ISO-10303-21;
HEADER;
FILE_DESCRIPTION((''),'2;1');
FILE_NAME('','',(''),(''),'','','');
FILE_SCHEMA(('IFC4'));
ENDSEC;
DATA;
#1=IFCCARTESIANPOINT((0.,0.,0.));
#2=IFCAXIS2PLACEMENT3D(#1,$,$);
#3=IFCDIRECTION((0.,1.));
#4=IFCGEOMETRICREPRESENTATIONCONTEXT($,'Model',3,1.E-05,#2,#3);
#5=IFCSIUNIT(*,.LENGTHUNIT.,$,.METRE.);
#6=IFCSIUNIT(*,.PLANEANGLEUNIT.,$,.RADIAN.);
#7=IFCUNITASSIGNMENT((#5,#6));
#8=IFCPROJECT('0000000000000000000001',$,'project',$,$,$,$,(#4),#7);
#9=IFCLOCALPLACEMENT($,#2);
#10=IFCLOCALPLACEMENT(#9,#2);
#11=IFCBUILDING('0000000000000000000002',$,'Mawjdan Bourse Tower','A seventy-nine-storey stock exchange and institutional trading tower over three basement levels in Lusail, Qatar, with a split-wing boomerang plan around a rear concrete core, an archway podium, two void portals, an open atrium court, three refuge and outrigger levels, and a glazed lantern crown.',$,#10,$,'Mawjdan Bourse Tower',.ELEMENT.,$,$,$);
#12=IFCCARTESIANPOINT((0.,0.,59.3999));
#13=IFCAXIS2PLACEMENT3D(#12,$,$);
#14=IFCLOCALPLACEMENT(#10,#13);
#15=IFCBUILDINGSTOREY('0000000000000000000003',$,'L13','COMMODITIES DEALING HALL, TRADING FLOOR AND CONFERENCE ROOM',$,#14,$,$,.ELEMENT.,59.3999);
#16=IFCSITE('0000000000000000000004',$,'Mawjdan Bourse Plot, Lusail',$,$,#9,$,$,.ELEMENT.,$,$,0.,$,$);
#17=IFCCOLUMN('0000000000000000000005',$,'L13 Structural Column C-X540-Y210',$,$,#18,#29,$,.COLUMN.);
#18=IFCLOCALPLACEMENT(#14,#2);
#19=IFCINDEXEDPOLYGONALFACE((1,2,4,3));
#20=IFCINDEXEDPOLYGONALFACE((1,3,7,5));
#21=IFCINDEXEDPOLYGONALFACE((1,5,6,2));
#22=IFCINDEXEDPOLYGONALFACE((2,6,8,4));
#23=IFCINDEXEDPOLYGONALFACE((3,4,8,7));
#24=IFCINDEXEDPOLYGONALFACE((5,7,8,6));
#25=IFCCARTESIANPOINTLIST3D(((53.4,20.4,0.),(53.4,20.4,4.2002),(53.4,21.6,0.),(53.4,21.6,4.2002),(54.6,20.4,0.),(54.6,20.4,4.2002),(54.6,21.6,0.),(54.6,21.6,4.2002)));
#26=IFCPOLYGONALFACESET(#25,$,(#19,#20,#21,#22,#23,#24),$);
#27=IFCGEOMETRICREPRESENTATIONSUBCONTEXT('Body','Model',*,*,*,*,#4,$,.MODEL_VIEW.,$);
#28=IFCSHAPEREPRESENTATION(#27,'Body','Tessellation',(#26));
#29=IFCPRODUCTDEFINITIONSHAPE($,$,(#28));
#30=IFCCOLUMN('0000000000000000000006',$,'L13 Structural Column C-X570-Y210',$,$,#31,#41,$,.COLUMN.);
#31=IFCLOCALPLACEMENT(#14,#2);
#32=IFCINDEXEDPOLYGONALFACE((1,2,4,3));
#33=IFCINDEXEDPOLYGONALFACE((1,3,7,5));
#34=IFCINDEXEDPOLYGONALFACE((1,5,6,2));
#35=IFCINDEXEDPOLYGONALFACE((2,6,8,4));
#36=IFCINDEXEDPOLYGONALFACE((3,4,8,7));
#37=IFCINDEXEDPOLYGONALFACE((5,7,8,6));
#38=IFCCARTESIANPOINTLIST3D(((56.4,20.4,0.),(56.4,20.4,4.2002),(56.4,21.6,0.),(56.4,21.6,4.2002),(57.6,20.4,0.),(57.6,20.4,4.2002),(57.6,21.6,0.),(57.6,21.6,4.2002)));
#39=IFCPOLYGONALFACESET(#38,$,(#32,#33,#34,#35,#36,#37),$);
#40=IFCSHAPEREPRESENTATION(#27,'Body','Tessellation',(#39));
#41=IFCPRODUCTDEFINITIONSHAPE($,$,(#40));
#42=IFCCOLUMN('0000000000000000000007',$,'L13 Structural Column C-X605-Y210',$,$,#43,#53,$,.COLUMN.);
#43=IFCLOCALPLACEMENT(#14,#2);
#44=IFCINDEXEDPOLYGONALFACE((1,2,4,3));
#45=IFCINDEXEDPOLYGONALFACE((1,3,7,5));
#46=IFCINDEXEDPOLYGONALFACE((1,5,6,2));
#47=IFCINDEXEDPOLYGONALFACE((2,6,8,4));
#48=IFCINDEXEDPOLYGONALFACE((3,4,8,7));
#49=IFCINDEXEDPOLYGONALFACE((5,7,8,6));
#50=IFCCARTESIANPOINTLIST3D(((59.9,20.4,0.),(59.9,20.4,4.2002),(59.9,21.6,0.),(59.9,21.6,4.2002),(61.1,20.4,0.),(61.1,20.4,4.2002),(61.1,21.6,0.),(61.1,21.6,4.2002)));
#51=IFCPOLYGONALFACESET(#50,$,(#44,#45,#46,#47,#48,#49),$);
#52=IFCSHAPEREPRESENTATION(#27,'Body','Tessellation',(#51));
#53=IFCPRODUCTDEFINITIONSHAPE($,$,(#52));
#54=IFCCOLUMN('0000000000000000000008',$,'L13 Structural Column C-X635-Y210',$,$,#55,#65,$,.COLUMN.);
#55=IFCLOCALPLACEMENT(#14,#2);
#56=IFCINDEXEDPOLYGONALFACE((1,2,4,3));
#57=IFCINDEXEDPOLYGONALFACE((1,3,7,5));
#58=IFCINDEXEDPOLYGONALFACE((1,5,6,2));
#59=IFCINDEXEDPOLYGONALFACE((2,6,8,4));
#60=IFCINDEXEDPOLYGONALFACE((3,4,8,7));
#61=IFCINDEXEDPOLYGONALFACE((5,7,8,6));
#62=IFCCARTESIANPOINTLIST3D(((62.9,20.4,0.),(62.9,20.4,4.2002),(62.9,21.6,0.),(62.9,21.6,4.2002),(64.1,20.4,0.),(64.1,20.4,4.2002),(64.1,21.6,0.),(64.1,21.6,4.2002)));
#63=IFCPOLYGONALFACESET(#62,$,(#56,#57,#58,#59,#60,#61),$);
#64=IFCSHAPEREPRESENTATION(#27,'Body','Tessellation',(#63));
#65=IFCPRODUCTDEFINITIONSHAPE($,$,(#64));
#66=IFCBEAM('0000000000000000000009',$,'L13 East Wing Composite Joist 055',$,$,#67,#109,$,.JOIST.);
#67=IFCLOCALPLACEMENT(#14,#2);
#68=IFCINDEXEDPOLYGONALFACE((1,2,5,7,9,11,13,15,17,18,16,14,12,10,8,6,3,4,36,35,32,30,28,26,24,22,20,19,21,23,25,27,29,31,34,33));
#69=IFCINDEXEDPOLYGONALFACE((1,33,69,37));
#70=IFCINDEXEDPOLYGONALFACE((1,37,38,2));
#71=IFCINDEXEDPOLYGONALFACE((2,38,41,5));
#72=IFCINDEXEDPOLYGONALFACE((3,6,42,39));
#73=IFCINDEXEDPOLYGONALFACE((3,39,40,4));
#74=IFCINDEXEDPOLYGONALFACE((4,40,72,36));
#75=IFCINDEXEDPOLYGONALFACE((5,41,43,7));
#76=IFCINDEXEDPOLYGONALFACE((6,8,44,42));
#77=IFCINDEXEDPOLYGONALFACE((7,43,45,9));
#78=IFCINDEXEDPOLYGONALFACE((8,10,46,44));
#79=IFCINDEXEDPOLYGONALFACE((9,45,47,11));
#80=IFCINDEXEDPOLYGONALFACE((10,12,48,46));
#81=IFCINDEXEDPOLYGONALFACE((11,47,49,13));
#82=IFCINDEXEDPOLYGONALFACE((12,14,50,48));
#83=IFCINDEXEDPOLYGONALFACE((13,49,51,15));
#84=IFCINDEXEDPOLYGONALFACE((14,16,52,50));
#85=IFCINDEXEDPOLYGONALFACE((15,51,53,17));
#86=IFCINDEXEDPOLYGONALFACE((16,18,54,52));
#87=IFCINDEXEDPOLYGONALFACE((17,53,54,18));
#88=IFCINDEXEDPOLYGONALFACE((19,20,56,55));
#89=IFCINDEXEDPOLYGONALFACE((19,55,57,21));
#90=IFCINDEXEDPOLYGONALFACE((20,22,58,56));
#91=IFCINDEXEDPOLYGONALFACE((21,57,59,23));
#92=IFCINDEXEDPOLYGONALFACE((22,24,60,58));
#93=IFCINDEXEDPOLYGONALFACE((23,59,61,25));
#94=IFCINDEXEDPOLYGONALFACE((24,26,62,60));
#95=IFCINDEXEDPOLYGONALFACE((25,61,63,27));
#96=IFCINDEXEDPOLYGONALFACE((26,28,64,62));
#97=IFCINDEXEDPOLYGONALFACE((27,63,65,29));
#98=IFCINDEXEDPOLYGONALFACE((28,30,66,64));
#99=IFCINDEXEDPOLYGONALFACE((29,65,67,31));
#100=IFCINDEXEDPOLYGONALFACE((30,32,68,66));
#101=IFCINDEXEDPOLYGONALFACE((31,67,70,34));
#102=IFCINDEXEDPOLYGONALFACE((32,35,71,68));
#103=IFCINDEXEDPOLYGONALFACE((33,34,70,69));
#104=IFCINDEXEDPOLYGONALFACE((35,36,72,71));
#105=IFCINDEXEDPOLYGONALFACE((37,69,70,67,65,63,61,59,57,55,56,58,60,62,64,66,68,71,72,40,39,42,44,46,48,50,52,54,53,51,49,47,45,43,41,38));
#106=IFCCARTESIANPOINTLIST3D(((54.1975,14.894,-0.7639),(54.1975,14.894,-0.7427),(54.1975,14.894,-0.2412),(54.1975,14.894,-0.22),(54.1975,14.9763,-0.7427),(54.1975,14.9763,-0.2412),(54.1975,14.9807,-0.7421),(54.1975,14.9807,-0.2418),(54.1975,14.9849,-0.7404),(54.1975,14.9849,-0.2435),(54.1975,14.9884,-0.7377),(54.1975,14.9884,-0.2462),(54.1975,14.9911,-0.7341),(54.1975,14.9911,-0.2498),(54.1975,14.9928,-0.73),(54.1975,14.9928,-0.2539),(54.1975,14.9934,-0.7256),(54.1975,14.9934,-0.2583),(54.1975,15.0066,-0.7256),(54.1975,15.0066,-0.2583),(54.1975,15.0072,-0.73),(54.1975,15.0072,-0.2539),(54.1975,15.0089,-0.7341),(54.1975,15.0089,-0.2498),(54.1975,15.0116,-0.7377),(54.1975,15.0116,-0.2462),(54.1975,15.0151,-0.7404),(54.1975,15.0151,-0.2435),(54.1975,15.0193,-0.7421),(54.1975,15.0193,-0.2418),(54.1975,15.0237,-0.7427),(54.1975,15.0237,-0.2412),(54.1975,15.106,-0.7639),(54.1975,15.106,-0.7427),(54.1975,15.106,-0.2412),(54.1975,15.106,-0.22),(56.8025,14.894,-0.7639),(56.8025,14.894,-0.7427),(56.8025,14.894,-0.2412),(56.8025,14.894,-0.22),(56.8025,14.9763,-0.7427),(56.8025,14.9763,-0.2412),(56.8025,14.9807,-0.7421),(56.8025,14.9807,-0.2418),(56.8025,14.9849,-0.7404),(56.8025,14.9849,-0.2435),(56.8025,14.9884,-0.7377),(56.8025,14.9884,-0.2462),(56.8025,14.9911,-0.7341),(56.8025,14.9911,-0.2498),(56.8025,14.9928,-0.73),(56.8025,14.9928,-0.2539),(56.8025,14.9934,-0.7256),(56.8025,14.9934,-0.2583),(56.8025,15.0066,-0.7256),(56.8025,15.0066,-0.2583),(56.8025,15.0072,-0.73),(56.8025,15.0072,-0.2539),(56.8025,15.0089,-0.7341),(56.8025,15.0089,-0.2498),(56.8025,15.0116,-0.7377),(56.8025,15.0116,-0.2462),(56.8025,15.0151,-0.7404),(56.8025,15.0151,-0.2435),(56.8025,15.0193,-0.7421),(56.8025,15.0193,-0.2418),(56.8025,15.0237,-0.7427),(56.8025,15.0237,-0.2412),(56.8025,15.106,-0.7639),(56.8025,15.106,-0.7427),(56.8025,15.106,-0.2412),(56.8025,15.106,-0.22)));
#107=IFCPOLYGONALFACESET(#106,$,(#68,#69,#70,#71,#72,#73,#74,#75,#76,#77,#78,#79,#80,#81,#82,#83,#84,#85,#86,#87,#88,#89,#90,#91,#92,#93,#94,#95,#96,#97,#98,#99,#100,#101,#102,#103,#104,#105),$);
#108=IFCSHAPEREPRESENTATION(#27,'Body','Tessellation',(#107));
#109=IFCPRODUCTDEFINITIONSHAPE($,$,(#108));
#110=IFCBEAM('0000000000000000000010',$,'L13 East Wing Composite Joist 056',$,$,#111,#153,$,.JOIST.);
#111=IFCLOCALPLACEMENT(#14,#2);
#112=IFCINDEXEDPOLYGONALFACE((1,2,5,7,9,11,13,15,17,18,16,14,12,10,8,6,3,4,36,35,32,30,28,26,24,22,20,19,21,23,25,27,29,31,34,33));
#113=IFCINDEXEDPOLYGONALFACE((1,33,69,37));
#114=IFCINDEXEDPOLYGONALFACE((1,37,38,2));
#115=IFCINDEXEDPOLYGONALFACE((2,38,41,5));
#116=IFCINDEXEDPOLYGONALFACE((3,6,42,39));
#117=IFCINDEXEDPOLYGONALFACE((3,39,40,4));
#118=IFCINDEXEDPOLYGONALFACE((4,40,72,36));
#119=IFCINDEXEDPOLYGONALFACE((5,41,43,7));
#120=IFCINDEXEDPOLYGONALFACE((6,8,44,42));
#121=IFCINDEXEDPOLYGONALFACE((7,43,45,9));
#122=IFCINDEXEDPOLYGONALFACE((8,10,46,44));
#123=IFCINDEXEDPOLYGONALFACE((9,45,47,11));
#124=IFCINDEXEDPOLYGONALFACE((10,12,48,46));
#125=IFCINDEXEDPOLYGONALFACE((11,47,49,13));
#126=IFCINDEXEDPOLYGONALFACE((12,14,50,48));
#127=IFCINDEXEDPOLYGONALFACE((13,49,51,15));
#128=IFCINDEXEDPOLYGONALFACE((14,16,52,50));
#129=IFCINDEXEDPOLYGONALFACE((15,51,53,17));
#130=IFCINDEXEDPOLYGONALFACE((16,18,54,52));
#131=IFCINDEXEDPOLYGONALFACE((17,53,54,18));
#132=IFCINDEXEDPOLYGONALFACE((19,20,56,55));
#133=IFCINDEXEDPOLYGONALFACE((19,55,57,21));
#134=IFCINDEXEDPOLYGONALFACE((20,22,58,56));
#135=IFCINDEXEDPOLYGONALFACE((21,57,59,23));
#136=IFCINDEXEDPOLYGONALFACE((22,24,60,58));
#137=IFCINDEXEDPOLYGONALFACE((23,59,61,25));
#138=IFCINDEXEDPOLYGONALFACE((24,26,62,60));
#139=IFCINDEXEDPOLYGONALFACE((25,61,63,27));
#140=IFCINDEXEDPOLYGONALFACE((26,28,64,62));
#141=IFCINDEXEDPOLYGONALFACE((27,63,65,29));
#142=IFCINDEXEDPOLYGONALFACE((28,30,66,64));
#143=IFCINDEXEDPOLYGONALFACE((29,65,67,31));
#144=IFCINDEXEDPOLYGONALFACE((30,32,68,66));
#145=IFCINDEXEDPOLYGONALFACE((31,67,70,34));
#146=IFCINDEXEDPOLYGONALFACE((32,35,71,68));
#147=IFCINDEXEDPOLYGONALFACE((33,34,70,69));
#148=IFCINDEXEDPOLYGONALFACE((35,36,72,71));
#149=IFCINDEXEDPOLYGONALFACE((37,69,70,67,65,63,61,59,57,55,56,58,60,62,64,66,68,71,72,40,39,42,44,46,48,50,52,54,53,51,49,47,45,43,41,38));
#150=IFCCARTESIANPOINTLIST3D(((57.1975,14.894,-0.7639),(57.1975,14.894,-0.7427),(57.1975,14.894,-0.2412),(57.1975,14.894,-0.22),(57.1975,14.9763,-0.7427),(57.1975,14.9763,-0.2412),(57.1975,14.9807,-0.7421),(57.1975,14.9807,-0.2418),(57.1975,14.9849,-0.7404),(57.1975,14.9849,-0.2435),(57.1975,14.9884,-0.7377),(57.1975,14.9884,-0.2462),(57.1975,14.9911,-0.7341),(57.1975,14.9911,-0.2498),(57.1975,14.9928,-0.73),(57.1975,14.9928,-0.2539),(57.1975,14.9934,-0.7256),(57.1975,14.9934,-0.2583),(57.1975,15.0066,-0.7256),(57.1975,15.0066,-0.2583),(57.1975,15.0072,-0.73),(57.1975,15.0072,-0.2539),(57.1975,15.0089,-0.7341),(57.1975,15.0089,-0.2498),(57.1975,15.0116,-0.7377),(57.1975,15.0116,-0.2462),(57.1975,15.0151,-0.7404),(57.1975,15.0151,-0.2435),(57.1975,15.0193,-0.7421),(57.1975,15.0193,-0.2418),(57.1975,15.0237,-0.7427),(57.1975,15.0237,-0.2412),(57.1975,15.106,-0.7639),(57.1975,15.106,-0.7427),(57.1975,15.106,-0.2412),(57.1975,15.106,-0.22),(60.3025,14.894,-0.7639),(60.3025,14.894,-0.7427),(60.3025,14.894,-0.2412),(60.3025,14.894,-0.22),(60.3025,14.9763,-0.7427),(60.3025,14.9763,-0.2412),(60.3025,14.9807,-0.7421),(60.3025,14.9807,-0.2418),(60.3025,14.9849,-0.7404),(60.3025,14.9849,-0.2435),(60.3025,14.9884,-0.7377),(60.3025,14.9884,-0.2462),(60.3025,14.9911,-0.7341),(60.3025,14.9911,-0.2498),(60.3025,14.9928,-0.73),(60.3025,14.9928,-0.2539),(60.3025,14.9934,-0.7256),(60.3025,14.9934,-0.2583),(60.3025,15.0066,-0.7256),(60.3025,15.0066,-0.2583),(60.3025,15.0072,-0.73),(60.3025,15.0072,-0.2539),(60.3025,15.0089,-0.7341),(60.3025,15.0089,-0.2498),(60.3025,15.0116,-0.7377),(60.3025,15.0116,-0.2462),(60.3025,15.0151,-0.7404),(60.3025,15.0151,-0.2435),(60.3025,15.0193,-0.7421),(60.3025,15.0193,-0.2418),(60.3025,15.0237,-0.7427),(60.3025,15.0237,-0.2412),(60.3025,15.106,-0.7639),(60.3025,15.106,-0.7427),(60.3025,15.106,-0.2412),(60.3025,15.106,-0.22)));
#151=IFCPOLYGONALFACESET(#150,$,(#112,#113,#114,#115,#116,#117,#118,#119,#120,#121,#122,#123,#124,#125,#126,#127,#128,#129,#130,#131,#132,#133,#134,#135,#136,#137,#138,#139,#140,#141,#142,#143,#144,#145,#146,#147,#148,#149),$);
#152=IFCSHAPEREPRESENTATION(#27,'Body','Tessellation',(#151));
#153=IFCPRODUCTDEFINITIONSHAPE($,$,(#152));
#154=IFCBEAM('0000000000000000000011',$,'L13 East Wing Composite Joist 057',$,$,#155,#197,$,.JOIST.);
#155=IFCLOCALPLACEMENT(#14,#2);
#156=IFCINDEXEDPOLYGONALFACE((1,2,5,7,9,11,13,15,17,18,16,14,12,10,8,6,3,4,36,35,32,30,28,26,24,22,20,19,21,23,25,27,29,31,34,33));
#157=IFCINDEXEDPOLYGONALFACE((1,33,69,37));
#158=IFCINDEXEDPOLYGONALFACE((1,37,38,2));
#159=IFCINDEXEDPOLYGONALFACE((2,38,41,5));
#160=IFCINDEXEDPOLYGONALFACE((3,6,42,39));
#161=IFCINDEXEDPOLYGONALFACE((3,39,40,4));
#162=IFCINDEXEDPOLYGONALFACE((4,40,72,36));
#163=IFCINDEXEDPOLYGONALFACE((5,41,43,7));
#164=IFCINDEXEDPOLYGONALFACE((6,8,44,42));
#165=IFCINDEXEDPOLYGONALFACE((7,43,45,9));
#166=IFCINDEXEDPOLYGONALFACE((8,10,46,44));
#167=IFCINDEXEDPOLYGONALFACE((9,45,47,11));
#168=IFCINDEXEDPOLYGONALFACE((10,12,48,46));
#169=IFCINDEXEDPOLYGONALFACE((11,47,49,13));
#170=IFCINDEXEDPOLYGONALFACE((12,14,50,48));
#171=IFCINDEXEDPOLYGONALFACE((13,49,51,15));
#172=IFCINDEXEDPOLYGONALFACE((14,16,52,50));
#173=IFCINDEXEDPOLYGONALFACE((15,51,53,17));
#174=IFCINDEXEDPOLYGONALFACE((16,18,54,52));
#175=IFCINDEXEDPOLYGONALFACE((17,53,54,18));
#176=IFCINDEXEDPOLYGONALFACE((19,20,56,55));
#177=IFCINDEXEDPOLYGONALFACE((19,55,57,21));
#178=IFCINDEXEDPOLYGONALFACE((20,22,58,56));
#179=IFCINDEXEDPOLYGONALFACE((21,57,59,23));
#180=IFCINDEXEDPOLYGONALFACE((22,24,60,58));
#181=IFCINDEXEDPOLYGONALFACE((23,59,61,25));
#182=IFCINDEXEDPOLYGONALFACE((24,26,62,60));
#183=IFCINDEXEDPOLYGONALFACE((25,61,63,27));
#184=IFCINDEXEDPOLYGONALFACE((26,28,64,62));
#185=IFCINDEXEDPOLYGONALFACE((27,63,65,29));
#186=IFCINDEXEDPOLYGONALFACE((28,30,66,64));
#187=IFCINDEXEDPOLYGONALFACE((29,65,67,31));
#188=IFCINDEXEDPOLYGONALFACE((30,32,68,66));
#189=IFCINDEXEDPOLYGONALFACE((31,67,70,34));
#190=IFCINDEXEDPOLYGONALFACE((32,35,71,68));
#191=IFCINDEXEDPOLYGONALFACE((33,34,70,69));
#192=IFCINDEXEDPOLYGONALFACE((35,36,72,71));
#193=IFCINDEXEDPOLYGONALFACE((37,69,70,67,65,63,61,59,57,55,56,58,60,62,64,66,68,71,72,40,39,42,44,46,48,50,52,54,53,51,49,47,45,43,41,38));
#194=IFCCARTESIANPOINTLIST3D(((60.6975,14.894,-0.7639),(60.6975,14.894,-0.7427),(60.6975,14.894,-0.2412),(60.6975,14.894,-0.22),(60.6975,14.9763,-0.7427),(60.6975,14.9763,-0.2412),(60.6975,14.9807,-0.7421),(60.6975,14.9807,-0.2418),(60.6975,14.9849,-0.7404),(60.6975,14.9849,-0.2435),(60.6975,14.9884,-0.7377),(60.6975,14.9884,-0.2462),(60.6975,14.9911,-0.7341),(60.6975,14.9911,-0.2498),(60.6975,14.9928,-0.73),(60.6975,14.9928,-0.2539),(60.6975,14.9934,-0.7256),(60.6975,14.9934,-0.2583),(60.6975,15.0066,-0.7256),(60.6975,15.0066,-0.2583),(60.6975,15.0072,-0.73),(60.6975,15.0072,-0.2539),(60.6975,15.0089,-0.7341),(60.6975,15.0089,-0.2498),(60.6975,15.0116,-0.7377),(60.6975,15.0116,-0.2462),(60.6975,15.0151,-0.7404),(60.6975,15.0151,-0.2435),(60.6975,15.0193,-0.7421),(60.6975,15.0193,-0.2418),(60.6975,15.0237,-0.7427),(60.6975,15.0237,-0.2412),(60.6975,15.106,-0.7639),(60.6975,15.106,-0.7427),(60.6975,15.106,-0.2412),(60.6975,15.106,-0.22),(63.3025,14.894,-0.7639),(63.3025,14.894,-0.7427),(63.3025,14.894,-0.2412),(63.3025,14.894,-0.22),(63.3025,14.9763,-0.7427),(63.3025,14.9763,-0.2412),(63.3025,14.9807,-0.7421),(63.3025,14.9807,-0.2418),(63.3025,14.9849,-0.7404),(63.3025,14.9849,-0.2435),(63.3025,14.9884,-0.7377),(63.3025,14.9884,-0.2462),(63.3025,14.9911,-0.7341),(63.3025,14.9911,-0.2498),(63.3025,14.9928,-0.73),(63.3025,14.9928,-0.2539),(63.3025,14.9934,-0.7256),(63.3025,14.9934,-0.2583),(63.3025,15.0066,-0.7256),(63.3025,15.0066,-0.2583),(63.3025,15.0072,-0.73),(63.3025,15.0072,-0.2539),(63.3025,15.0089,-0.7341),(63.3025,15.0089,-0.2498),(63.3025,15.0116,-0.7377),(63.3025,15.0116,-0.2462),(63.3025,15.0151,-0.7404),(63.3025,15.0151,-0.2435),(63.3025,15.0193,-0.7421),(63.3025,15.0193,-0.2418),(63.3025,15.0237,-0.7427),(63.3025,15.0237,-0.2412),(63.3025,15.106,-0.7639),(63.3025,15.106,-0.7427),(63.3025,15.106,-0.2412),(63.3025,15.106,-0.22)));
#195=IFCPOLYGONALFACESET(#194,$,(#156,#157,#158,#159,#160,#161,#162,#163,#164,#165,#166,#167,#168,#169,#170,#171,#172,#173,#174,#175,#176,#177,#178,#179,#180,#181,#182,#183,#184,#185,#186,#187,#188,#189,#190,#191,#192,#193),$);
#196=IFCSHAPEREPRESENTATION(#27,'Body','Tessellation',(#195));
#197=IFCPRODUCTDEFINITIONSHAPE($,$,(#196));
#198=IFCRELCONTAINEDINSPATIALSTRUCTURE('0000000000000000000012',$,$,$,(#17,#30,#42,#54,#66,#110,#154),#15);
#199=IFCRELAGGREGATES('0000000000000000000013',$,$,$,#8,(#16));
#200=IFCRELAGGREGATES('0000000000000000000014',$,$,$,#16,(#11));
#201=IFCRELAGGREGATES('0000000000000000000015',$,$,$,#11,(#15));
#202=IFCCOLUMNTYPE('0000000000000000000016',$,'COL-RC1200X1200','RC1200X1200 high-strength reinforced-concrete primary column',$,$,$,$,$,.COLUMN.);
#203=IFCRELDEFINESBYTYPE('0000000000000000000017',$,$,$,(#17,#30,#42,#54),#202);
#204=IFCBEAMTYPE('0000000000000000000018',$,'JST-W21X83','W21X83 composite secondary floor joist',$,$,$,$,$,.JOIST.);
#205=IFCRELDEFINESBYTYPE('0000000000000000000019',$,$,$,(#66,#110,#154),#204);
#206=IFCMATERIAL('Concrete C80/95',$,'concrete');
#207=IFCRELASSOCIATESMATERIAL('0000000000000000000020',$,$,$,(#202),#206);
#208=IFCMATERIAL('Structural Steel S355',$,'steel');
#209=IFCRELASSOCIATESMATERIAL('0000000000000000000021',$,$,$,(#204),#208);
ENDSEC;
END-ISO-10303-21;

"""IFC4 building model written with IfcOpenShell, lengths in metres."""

from ifc_helpers import new_model, si_unit, direction, frame, origin, origin_2d, place, context, subcontext, project, spatial, rectangle, i_section, extrude, material, material_profile, profile_set, type_object, element, save


model = new_model("IFC4")

# Units and contexts
model_context = context("Model", 3, precision=1e-05, world=origin(), true_north=direction((0.0, 1.0)))
body_context = subcontext(model_context, "Body", "Model", "MODEL_VIEW")
ifc_project = project(units=[si_unit("LENGTHUNIT", "METRE"), si_unit("PLANEANGLEUNIT", "RADIAN")], contexts=[model_context])

# Site, building, storey
site_placement = place(None, origin())
site = spatial("IfcSite", under=ifc_project, at=site_placement, Name="Mawjdan Bourse Plot, Lusail", CompositionType="ELEMENT", RefElevation=0.0)
building_placement = place(site_placement, origin())
building = spatial("IfcBuilding", under=site, at=building_placement, Name="Mawjdan Bourse Tower", Description="A seventy-nine-storey stock exchange and institutional trading tower over three basement levels in Lusail, Qatar, with a split-wing boomerang plan around a rear concrete core, an archway podium, two void portals, an open atrium court, three refuge and outrigger levels, and a glazed lantern crown.", LongName="Mawjdan Bourse Tower", CompositionType="ELEMENT")
storey_placement = place(building_placement, frame((0.0, 0.0, 59.3999)))
storey = spatial("IfcBuildingStorey", under=building, at=storey_placement, Name="L13", Description="COMMODITIES DEALING HALL, TRADING FLOOR AND CONFERENCE ROOM", CompositionType="ELEMENT", Elevation=59.3999)

# Columns
ifc_material_1 = material(Name="Concrete C80/95", Category="concrete")
ifc_material_profile_1 = material_profile(ifc_material_1, rectangle(XDim=1.2, YDim=1.2, at=origin_2d()), Name="RC1200X1200")
ifc_profile_set_1 = profile_set([ifc_material_profile_1], Name="Concrete C80/95")
column_type = type_object("IfcColumnType", Name="COL-RC1200X1200", Description="RC1200X1200 high-strength reinforced-concrete primary column", PredefinedType="COLUMN", material=ifc_profile_set_1)
for number, where, z_axis, x_axis, name in (
    (1, (54.0, 21.0, 0.0), (0.0, 0.0, 1.0), (1.0, 0.0, 0.0), "L13 Structural Column C-X540-Y210"),
    (2, (57.0, 21.0, 0.0), (0.0, 0.0, 1.0), (1.0, 0.0, 0.0), "L13 Structural Column C-X570-Y210"),
    (3, (60.5, 21.0, 0.0), (0.0, 0.0, 1.0), (1.0, 0.0, 0.0), "L13 Structural Column C-X605-Y210"),
    (4, (63.5, 21.0, 0.0), (0.0, 0.0, 1.0), (1.0, 0.0, 0.0), "L13 Structural Column C-X635-Y210"),
):
    element("IfcColumn", number, at=place(storey_placement, frame(where, z_axis=z_axis, x_axis=x_axis)), inside=storey, type_object=column_type, Name=name, PredefinedType="COLUMN", context=body_context, shape_type="SweptSolid", body=[
        extrude(rectangle(XDim=1.2, YDim=1.2, at=origin_2d()), origin(), (0.0, 0.0, 1.0), 4.2002),
    ])

# Beams
ifc_material_2 = material(Name="Structural Steel S355", Category="steel")
ifc_material_profile_2 = material_profile(ifc_material_2, i_section(OverallWidth=0.2119, OverallDepth=0.5439, WebThickness=0.0132, FlangeThickness=0.0212, FilletRadius=0.0171, at=origin_2d()), Name="W21X83")
ifc_profile_set_2 = profile_set([ifc_material_profile_2], Name="Structural Steel S355")
beam_type_1 = type_object("IfcBeamType", Name="JST-W21X83", Description="W21X83 composite secondary floor joist", PredefinedType="JOIST", material=ifc_profile_set_2)
beam_1_placement = place(storey_placement, frame((54.1975, 15.0, -0.4919), z_axis=(1.0, 0.0, 0.0), x_axis=(0.0, 1.0, 0.0)))
element("IfcBeam", 5, at=beam_1_placement, inside=storey, type_object=beam_type_1, Name="L13 East Wing Composite Joist 055", PredefinedType="JOIST", context=body_context, shape_type="SweptSolid", body=[
    extrude(i_section(OverallWidth=0.2119, OverallDepth=0.5439, WebThickness=0.0132, FlangeThickness=0.0212, FilletRadius=0.0171, at=origin_2d()), origin(), (0.0, 0.0, 1.0), 2.605),
])
beam_2_placement = place(storey_placement, frame((57.1975, 15.0, -0.4919), z_axis=(1.0, 0.0, 0.0), x_axis=(0.0, 1.0, 0.0)))
element("IfcBeam", 6, at=beam_2_placement, inside=storey, type_object=beam_type_1, Name="L13 East Wing Composite Joist 056", PredefinedType="JOIST", context=body_context, shape_type="SweptSolid", body=[
    extrude(i_section(OverallWidth=0.2119, OverallDepth=0.5439, WebThickness=0.0132, FlangeThickness=0.0212, FilletRadius=0.0171, at=origin_2d()), origin(), (0.0, 0.0, 1.0), 3.105),
])
for number, where, z_axis, x_axis, name in (
    (7, (60.6975, 15.0, -0.4919), (1.0, 0.0, 0.0), (0.0, 1.0, 0.0), "L13 East Wing Composite Joist 057"),
):
    element("IfcBeam", number, at=place(storey_placement, frame(where, z_axis=z_axis, x_axis=x_axis)), inside=storey, type_object=beam_type_1, Name=name, PredefinedType="JOIST", context=body_context, shape_type="SweptSolid", body=[
        extrude(i_section(OverallWidth=0.2119, OverallDepth=0.5439, WebThickness=0.0132, FlangeThickness=0.0212, FilletRadius=0.0171, at=origin_2d()), origin(), (0.0, 0.0, 1.0), 2.605),
    ])

save(model, "model.ifc")
